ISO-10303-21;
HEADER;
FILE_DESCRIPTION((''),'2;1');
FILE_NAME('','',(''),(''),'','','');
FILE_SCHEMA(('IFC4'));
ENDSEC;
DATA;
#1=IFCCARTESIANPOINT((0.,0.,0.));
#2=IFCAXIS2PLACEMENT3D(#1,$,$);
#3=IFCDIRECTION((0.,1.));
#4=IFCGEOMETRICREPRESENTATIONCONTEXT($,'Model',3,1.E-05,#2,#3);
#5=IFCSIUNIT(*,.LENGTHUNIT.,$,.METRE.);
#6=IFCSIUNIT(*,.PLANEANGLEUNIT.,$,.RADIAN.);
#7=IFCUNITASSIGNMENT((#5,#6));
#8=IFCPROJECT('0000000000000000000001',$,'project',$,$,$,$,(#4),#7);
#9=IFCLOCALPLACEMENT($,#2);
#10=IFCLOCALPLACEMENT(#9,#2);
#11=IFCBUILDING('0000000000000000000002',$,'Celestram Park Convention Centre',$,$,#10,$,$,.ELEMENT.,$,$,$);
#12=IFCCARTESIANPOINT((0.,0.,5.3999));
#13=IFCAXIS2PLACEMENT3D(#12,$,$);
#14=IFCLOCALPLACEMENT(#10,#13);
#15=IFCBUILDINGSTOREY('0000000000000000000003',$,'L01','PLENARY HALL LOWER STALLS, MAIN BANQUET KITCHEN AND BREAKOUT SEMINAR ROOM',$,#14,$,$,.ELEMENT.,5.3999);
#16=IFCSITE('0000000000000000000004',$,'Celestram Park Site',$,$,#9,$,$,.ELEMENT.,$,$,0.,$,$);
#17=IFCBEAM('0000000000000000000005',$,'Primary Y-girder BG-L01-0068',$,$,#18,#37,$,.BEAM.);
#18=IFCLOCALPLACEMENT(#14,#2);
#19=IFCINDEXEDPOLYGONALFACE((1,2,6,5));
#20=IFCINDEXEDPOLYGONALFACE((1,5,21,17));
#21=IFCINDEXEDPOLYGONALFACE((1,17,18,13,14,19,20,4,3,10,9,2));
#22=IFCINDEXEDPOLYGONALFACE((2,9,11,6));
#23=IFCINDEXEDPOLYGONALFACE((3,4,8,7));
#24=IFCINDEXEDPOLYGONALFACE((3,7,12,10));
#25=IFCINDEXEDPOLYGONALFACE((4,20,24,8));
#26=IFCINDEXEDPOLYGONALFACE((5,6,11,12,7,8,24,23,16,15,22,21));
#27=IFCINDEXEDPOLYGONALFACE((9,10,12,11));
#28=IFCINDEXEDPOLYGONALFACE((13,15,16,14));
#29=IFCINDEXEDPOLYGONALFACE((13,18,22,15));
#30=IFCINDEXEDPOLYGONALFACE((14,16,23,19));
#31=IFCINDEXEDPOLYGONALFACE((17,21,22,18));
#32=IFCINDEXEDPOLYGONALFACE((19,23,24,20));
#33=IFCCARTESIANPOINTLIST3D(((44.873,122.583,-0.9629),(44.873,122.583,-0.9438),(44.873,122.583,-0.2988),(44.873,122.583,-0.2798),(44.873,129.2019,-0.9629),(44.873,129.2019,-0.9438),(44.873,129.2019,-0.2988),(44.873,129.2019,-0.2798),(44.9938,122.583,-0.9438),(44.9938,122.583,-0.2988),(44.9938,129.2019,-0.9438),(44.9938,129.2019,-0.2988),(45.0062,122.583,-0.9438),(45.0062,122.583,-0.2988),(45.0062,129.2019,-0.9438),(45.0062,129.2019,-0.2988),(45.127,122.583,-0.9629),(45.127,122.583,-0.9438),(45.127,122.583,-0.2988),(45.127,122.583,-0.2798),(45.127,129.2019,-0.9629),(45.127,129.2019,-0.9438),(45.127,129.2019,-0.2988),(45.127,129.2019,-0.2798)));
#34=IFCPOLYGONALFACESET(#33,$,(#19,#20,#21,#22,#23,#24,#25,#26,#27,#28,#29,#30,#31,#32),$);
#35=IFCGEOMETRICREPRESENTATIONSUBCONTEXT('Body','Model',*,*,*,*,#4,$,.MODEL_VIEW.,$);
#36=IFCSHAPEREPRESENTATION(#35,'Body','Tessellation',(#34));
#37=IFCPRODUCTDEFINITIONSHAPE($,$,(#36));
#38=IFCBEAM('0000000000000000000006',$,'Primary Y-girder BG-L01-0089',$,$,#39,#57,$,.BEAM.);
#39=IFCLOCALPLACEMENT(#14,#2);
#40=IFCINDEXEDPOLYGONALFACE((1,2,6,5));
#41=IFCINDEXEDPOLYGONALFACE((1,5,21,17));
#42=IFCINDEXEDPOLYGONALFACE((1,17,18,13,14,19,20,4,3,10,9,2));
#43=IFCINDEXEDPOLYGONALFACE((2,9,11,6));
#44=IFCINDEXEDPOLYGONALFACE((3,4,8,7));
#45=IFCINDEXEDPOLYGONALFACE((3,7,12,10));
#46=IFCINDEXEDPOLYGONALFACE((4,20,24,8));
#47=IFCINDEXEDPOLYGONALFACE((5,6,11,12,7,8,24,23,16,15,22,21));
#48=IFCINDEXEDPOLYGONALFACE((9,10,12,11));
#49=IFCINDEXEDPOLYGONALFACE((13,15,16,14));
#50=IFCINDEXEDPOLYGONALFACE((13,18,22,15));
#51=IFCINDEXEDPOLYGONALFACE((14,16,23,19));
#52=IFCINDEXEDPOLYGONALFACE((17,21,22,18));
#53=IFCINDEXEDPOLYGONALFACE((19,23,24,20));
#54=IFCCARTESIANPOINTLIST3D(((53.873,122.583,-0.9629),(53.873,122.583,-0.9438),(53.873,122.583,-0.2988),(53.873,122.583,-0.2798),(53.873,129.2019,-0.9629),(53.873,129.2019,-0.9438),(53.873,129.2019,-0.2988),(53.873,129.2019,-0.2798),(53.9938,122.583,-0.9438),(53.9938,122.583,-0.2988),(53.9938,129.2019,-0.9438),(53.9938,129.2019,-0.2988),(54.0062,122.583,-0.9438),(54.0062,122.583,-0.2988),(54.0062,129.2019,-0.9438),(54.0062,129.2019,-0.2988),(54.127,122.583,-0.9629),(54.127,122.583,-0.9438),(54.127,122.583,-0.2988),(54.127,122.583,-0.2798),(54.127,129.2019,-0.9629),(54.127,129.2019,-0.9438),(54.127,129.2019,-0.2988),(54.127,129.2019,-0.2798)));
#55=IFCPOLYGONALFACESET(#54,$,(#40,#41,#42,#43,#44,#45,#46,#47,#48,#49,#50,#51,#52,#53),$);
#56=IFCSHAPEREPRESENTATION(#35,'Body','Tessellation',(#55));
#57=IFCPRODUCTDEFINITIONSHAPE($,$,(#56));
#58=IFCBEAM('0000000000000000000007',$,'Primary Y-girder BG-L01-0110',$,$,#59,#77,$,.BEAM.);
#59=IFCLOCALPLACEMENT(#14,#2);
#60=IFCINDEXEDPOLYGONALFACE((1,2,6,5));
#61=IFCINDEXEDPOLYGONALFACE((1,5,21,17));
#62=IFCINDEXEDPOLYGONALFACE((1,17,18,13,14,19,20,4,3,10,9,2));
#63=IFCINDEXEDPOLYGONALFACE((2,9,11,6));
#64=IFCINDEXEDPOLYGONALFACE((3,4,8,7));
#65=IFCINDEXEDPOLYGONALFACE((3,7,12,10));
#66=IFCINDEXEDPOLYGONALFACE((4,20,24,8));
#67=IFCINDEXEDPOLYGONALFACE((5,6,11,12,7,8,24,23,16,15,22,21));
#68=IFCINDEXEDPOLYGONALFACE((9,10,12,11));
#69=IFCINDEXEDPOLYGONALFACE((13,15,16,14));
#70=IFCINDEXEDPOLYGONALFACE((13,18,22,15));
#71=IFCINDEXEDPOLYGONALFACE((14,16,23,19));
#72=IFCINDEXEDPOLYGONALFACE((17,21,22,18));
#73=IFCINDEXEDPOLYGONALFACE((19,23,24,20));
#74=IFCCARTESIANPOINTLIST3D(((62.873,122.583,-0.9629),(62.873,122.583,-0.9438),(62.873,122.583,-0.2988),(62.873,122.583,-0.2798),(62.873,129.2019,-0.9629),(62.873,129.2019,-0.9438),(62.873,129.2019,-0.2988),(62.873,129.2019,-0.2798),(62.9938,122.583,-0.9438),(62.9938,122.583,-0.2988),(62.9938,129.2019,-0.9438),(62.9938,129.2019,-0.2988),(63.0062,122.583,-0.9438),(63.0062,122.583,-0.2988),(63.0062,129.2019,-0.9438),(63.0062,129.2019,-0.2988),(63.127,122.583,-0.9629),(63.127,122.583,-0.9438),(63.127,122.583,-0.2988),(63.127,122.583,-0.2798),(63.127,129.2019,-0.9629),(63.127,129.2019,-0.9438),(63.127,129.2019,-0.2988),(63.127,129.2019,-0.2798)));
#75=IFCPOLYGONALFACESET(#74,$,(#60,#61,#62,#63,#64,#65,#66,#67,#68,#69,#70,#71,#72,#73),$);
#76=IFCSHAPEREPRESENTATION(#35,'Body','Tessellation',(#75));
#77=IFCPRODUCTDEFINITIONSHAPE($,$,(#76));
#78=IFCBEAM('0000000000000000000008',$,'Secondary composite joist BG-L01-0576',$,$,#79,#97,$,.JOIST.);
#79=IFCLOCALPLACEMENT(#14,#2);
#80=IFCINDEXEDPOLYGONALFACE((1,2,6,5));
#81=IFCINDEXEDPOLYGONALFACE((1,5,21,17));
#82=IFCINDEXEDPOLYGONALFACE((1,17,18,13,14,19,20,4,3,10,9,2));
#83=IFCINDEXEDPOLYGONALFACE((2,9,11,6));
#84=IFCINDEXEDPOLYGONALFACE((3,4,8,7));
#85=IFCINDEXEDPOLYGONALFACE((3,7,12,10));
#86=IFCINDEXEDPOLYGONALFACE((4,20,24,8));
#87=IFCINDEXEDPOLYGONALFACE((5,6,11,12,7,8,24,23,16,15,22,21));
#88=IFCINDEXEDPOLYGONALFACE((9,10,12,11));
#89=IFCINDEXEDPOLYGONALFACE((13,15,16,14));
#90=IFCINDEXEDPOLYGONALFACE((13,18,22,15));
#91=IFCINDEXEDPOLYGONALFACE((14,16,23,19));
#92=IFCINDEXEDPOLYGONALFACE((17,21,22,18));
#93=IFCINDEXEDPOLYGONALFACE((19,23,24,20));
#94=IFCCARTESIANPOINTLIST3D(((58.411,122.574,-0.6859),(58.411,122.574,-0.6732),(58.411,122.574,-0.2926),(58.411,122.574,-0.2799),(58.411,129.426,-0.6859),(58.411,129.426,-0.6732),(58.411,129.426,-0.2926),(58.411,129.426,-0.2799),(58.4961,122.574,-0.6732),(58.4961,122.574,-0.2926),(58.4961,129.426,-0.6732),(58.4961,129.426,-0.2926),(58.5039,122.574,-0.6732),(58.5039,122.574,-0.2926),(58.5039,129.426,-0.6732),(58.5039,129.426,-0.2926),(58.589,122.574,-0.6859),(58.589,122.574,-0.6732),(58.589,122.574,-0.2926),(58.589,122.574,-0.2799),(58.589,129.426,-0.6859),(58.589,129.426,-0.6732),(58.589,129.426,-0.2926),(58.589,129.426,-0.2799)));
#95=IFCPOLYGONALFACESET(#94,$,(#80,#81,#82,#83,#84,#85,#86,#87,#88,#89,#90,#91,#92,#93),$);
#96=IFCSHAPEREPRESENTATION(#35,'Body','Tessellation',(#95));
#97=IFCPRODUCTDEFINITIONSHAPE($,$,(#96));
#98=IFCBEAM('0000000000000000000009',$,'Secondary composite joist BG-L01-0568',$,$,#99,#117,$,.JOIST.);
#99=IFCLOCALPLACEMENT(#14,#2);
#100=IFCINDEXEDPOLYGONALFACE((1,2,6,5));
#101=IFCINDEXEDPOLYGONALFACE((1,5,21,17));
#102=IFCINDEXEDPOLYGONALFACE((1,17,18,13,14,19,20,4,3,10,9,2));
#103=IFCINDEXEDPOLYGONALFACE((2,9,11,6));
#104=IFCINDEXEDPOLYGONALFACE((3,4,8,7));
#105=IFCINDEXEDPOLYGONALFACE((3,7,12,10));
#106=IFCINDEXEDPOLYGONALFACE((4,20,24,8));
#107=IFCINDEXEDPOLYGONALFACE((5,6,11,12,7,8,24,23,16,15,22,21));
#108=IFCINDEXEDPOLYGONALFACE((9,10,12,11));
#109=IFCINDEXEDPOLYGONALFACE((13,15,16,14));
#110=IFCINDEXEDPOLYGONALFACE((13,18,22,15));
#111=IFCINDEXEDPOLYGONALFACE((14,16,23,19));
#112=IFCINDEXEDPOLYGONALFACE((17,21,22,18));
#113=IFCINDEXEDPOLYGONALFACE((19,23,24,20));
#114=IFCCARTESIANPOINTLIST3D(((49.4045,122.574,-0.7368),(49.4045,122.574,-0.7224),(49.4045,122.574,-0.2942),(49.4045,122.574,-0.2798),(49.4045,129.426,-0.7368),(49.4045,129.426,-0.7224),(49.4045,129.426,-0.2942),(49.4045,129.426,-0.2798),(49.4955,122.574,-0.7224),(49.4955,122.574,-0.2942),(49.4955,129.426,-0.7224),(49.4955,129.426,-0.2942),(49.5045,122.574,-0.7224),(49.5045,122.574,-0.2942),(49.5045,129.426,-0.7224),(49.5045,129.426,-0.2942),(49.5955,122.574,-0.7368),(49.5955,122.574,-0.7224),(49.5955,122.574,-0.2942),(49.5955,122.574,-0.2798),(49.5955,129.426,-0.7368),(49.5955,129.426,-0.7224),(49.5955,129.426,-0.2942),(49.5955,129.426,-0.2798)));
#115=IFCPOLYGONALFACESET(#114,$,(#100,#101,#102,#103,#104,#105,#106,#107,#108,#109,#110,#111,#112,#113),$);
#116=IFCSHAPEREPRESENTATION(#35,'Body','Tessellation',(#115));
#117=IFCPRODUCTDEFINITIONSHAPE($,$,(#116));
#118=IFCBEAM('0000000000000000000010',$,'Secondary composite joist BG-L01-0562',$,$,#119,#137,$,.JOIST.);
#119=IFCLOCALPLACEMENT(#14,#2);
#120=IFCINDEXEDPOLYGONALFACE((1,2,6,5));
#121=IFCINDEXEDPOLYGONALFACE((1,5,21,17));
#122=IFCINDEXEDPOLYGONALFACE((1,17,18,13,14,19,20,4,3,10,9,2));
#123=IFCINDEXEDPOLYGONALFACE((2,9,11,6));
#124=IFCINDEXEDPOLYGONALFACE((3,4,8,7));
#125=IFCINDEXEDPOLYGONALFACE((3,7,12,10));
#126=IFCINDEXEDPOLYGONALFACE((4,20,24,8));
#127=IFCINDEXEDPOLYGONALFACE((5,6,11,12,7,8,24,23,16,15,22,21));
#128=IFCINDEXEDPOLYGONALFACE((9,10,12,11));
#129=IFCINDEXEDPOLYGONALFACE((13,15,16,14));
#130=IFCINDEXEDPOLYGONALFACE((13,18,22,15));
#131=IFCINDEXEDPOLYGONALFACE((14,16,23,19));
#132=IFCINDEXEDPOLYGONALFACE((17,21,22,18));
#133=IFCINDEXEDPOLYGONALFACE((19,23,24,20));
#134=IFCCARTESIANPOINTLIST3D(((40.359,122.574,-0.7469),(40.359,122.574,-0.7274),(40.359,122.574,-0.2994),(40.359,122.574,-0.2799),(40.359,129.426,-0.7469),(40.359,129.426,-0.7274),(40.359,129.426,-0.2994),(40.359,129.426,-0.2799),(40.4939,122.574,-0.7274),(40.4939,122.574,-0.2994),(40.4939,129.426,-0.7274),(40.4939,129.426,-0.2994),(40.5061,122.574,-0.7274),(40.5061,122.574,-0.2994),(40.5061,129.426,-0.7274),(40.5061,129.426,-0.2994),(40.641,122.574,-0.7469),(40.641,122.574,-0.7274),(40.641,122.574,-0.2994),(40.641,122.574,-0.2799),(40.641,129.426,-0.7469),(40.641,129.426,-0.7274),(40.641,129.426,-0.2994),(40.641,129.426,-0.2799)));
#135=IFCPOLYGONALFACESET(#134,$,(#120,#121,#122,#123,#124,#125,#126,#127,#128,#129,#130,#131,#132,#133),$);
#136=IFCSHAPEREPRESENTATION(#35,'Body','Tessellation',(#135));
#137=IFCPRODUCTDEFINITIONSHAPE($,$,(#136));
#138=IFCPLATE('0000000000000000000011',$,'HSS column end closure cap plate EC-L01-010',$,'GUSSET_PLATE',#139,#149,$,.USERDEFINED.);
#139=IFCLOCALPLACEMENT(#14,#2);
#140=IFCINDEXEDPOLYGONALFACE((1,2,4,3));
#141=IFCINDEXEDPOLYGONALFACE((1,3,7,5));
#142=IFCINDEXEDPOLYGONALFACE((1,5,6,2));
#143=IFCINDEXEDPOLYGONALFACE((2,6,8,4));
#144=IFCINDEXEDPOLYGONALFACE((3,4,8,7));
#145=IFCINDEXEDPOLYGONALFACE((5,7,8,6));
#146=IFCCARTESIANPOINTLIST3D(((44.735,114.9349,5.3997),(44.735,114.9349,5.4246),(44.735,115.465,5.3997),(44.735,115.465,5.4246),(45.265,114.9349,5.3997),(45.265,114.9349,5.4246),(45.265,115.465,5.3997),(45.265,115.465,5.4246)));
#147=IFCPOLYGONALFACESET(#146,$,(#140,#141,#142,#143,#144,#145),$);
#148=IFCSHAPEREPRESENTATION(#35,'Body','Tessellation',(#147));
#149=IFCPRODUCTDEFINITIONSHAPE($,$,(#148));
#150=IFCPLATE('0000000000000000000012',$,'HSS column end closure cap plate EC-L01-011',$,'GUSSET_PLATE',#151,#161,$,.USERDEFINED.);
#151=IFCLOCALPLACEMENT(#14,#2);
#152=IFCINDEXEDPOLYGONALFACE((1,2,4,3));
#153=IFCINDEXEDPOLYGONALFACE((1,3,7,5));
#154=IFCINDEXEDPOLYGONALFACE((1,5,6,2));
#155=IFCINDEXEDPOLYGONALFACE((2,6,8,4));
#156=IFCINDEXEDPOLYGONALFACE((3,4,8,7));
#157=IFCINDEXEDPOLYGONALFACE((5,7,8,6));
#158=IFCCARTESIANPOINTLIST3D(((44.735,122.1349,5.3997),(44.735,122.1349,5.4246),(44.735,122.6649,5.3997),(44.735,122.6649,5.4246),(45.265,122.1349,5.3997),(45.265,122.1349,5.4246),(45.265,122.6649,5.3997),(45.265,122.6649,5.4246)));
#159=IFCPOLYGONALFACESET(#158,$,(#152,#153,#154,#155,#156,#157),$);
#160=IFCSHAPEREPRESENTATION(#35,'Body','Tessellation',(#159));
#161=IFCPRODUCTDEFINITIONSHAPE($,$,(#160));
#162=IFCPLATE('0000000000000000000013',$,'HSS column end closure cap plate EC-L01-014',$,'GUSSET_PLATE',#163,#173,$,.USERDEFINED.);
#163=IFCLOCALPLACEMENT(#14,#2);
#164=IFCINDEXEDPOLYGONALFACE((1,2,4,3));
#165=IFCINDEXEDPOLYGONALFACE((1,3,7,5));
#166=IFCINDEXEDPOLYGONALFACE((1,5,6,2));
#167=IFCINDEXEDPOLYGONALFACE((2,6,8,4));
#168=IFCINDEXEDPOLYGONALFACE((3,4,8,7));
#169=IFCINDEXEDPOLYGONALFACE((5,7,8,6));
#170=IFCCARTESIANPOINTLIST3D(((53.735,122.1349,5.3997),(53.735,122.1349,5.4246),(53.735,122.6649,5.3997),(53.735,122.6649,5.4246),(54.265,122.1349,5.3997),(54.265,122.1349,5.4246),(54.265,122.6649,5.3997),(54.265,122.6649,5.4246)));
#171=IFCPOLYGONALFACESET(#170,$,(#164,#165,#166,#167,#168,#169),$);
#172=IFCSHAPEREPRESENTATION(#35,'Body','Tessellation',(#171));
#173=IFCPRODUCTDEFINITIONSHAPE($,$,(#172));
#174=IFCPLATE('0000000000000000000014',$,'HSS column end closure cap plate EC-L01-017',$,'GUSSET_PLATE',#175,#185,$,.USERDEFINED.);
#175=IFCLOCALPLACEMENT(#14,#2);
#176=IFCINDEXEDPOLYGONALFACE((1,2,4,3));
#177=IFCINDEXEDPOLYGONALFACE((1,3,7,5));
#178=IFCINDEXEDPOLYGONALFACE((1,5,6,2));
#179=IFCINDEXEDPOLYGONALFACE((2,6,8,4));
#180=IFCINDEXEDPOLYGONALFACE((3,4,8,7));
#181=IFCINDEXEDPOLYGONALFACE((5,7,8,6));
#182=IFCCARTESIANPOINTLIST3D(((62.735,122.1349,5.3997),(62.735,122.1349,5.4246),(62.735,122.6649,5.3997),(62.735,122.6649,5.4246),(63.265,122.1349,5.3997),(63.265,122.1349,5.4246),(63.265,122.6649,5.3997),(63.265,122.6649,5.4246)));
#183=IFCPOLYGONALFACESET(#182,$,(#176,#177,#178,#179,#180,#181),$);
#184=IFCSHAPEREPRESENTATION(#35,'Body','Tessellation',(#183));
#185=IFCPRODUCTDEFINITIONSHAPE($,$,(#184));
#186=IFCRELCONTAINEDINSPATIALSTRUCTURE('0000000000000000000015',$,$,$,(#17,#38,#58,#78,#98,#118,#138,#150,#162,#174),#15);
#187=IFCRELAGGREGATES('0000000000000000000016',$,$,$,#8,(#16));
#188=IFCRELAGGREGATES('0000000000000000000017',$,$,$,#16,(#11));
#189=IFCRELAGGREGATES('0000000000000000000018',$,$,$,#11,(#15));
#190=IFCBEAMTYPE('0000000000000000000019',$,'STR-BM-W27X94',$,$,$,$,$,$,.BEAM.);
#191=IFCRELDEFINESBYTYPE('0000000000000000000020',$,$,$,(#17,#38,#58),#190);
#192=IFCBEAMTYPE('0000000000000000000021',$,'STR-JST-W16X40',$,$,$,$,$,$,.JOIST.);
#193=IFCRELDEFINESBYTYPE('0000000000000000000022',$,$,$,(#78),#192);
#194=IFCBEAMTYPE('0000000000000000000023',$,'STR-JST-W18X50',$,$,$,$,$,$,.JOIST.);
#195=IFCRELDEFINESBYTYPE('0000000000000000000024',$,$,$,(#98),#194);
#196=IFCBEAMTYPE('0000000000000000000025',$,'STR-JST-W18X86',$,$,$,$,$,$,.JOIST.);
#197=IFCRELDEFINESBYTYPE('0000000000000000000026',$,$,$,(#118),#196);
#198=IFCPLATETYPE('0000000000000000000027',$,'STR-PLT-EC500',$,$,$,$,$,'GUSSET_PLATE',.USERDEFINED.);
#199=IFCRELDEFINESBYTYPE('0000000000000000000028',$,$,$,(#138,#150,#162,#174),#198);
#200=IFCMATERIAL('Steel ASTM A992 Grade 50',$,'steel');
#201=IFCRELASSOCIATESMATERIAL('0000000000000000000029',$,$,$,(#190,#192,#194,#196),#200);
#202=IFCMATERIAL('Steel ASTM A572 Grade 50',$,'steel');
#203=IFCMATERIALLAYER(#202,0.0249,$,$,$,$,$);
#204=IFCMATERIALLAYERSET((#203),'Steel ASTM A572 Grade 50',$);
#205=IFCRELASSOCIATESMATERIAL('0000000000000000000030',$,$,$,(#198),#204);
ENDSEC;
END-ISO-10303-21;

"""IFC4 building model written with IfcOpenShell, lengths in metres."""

from ifc_helpers import new_model, si_unit, direction, frame, origin, origin_2d, place, context, subcontext, project, spatial, rectangle, i_section, extrude, material, layer, layer_set, material_profile, profile_set, type_object, element, save


model = new_model("IFC4")

# Units and contexts
model_context = context("Model", 3, precision=1e-05, world=origin(), true_north=direction((0.0, 1.0)))
body_context = subcontext(model_context, "Body", "Model", "MODEL_VIEW")
ifc_project = project(units=[si_unit("LENGTHUNIT", "METRE"), si_unit("PLANEANGLEUNIT", "RADIAN")], contexts=[model_context])

# Site, building, storey
site_placement = place(None, origin())
site = spatial("IfcSite", under=ifc_project, at=site_placement, Name="Celestram Park Site", CompositionType="ELEMENT", RefElevation=0.0)
building_placement = place(site_placement, origin())
building = spatial("IfcBuilding", under=site, at=building_placement, Name="Celestram Park Convention Centre", CompositionType="ELEMENT")
storey_placement = place(building_placement, frame((0.0, 0.0, 5.3999)))
storey = spatial("IfcBuildingStorey", under=building, at=storey_placement, Name="L01", Description="PLENARY HALL LOWER STALLS, MAIN BANQUET KITCHEN AND BREAKOUT SEMINAR ROOM", CompositionType="ELEMENT", Elevation=5.3999)

# Beams
ifc_material_1 = material(Name="Steel ASTM A992 Grade 50", Category="steel")
ifc_material_profile_1 = material_profile(ifc_material_1, i_section(OverallWidth=0.2539, OverallDepth=0.6831, WebThickness=0.0125, FlangeThickness=0.019, at=origin_2d()), Name="W27X94")
ifc_profile_set_1 = profile_set([ifc_material_profile_1], Name="Steel ASTM A992 Grade 50")
beam_type_1 = type_object("IfcBeamType", Name="STR-BM-W27X94", PredefinedType="BEAM", material=ifc_profile_set_1)
for number, where, z_axis, x_axis, name in (
    (1, (45.0, 122.583, -0.6213), (0.0, 1.0, 0.0), (-1.0, 0.0, 0.0), "Primary Y-girder BG-L01-0068"),
    (2, (54.0, 122.583, -0.6213), (0.0, 1.0, 0.0), (-1.0, 0.0, 0.0), "Primary Y-girder BG-L01-0089"),
    (3, (63.0, 122.583, -0.6213), (0.0, 1.0, 0.0), (-1.0, 0.0, 0.0), "Primary Y-girder BG-L01-0110"),
):
    element("IfcBeam", number, at=place(storey_placement, frame(where, z_axis=z_axis, x_axis=x_axis)), inside=storey, type_object=beam_type_1, Name=name, PredefinedType="BEAM", context=body_context, shape_type="SweptSolid", body=[
        extrude(i_section(OverallWidth=0.2539, OverallDepth=0.6831, WebThickness=0.0125, FlangeThickness=0.019, at=origin_2d()), origin(), (0.0, 0.0, 1.0), 6.6189),
    ])
ifc_material_profile_2 = material_profile(ifc_material_1, i_section(OverallWidth=0.178, OverallDepth=0.406, WebThickness=0.0078, FlangeThickness=0.0127, at=origin_2d()), Name="W16X40")
ifc_profile_set_2 = profile_set([ifc_material_profile_2], Name="Steel ASTM A992 Grade 50")
beam_type_2 = type_object("IfcBeamType", Name="STR-JST-W16X40", PredefinedType="JOIST", material=ifc_profile_set_2)
beam_1_placement = place(storey_placement, frame((58.5, 122.574, -0.4829), z_axis=(0.0, 1.0, 0.0), x_axis=(-1.0, 0.0, 0.0)))
element("IfcBeam", 4, at=beam_1_placement, inside=storey, type_object=beam_type_2, Name="Secondary composite joist BG-L01-0576", PredefinedType="JOIST", context=body_context, shape_type="SweptSolid", body=[
    extrude(i_section(OverallWidth=0.178, OverallDepth=0.406, WebThickness=0.0078, FlangeThickness=0.0127, at=origin_2d()), origin(), (0.0, 0.0, 1.0), 6.8521),
])
ifc_material_profile_3 = material_profile(ifc_material_1, i_section(OverallWidth=0.1909, OverallDepth=0.457, WebThickness=0.009, FlangeThickness=0.0144, at=origin_2d()), Name="W18X50")
ifc_profile_set_3 = profile_set([ifc_material_profile_3], Name="Steel ASTM A992 Grade 50")
beam_type_3 = type_object("IfcBeamType", Name="STR-JST-W18X50", PredefinedType="JOIST", material=ifc_profile_set_3)
beam_2_placement = place(storey_placement, frame((49.5, 122.574, -0.5083), z_axis=(0.0, 1.0, 0.0), x_axis=(-1.0, 0.0, 0.0)))
element("IfcBeam", 5, at=beam_2_placement, inside=storey, type_object=beam_type_3, Name="Secondary composite joist BG-L01-0568", PredefinedType="JOIST", context=body_context, shape_type="SweptSolid", body=[
    extrude(i_section(OverallWidth=0.1909, OverallDepth=0.457, WebThickness=0.009, FlangeThickness=0.0144, at=origin_2d()), origin(), (0.0, 0.0, 1.0), 6.8521),
])
ifc_material_profile_4 = material_profile(ifc_material_1, i_section(OverallWidth=0.282, OverallDepth=0.467, WebThickness=0.0122, FlangeThickness=0.0195, at=origin_2d()), Name="W18X86")
ifc_profile_set_4 = profile_set([ifc_material_profile_4], Name="Steel ASTM A992 Grade 50")
beam_type_4 = type_object("IfcBeamType", Name="STR-JST-W18X86", PredefinedType="JOIST", material=ifc_profile_set_4)
beam_3_placement = place(storey_placement, frame((40.5, 122.574, -0.5134), z_axis=(0.0, 1.0, 0.0), x_axis=(-1.0, 0.0, 0.0)))
element("IfcBeam", 6, at=beam_3_placement, inside=storey, type_object=beam_type_4, Name="Secondary composite joist BG-L01-0562", PredefinedType="JOIST", context=body_context, shape_type="SweptSolid", body=[
    extrude(i_section(OverallWidth=0.282, OverallDepth=0.467, WebThickness=0.0122, FlangeThickness=0.0195, at=origin_2d()), origin(), (0.0, 0.0, 1.0), 6.8521),
])

# Plates
ifc_material_2 = material(Name="Steel ASTM A572 Grade 50", Category="steel")
ifc_layer_1 = layer(ifc_material_2, 0.0249)
ifc_layer_set_1 = layer_set([ifc_layer_1], Name="Steel ASTM A572 Grade 50")
plate_type = type_object("IfcPlateType", Name="STR-PLT-EC500", ElementType="GUSSET_PLATE", PredefinedType="USERDEFINED", material=ifc_layer_set_1)
for number, where, z_axis, x_axis, name in (
    (7, (45.0, 115.2, 5.3997), (0.0, 0.0, 1.0), (1.0, 0.0, 0.0), "HSS column end closure cap plate EC-L01-010"),
    (8, (45.0, 122.3999, 5.3997), (0.0, 0.0, 1.0), (1.0, 0.0, 0.0), "HSS column end closure cap plate EC-L01-011"),
    (9, (54.0, 122.3999, 5.3997), (0.0, 0.0, 1.0), (1.0, 0.0, 0.0), "HSS column end closure cap plate EC-L01-014"),
    (10, (63.0, 122.3999, 5.3997), (0.0, 0.0, 1.0), (1.0, 0.0, 0.0), "HSS column end closure cap plate EC-L01-017"),
):
    element("IfcPlate", number, at=place(storey_placement, frame(where, z_axis=z_axis, x_axis=x_axis)), inside=storey, type_object=plate_type, Name=name, ObjectType="GUSSET_PLATE", PredefinedType="USERDEFINED", context=body_context, shape_type="SweptSolid", body=[
        extrude(rectangle(XDim=0.53, YDim=0.53, at=origin_2d()), origin(), (0.0, 0.0, 1.0), 0.0249),
    ])

save(model, "model.ifc")
